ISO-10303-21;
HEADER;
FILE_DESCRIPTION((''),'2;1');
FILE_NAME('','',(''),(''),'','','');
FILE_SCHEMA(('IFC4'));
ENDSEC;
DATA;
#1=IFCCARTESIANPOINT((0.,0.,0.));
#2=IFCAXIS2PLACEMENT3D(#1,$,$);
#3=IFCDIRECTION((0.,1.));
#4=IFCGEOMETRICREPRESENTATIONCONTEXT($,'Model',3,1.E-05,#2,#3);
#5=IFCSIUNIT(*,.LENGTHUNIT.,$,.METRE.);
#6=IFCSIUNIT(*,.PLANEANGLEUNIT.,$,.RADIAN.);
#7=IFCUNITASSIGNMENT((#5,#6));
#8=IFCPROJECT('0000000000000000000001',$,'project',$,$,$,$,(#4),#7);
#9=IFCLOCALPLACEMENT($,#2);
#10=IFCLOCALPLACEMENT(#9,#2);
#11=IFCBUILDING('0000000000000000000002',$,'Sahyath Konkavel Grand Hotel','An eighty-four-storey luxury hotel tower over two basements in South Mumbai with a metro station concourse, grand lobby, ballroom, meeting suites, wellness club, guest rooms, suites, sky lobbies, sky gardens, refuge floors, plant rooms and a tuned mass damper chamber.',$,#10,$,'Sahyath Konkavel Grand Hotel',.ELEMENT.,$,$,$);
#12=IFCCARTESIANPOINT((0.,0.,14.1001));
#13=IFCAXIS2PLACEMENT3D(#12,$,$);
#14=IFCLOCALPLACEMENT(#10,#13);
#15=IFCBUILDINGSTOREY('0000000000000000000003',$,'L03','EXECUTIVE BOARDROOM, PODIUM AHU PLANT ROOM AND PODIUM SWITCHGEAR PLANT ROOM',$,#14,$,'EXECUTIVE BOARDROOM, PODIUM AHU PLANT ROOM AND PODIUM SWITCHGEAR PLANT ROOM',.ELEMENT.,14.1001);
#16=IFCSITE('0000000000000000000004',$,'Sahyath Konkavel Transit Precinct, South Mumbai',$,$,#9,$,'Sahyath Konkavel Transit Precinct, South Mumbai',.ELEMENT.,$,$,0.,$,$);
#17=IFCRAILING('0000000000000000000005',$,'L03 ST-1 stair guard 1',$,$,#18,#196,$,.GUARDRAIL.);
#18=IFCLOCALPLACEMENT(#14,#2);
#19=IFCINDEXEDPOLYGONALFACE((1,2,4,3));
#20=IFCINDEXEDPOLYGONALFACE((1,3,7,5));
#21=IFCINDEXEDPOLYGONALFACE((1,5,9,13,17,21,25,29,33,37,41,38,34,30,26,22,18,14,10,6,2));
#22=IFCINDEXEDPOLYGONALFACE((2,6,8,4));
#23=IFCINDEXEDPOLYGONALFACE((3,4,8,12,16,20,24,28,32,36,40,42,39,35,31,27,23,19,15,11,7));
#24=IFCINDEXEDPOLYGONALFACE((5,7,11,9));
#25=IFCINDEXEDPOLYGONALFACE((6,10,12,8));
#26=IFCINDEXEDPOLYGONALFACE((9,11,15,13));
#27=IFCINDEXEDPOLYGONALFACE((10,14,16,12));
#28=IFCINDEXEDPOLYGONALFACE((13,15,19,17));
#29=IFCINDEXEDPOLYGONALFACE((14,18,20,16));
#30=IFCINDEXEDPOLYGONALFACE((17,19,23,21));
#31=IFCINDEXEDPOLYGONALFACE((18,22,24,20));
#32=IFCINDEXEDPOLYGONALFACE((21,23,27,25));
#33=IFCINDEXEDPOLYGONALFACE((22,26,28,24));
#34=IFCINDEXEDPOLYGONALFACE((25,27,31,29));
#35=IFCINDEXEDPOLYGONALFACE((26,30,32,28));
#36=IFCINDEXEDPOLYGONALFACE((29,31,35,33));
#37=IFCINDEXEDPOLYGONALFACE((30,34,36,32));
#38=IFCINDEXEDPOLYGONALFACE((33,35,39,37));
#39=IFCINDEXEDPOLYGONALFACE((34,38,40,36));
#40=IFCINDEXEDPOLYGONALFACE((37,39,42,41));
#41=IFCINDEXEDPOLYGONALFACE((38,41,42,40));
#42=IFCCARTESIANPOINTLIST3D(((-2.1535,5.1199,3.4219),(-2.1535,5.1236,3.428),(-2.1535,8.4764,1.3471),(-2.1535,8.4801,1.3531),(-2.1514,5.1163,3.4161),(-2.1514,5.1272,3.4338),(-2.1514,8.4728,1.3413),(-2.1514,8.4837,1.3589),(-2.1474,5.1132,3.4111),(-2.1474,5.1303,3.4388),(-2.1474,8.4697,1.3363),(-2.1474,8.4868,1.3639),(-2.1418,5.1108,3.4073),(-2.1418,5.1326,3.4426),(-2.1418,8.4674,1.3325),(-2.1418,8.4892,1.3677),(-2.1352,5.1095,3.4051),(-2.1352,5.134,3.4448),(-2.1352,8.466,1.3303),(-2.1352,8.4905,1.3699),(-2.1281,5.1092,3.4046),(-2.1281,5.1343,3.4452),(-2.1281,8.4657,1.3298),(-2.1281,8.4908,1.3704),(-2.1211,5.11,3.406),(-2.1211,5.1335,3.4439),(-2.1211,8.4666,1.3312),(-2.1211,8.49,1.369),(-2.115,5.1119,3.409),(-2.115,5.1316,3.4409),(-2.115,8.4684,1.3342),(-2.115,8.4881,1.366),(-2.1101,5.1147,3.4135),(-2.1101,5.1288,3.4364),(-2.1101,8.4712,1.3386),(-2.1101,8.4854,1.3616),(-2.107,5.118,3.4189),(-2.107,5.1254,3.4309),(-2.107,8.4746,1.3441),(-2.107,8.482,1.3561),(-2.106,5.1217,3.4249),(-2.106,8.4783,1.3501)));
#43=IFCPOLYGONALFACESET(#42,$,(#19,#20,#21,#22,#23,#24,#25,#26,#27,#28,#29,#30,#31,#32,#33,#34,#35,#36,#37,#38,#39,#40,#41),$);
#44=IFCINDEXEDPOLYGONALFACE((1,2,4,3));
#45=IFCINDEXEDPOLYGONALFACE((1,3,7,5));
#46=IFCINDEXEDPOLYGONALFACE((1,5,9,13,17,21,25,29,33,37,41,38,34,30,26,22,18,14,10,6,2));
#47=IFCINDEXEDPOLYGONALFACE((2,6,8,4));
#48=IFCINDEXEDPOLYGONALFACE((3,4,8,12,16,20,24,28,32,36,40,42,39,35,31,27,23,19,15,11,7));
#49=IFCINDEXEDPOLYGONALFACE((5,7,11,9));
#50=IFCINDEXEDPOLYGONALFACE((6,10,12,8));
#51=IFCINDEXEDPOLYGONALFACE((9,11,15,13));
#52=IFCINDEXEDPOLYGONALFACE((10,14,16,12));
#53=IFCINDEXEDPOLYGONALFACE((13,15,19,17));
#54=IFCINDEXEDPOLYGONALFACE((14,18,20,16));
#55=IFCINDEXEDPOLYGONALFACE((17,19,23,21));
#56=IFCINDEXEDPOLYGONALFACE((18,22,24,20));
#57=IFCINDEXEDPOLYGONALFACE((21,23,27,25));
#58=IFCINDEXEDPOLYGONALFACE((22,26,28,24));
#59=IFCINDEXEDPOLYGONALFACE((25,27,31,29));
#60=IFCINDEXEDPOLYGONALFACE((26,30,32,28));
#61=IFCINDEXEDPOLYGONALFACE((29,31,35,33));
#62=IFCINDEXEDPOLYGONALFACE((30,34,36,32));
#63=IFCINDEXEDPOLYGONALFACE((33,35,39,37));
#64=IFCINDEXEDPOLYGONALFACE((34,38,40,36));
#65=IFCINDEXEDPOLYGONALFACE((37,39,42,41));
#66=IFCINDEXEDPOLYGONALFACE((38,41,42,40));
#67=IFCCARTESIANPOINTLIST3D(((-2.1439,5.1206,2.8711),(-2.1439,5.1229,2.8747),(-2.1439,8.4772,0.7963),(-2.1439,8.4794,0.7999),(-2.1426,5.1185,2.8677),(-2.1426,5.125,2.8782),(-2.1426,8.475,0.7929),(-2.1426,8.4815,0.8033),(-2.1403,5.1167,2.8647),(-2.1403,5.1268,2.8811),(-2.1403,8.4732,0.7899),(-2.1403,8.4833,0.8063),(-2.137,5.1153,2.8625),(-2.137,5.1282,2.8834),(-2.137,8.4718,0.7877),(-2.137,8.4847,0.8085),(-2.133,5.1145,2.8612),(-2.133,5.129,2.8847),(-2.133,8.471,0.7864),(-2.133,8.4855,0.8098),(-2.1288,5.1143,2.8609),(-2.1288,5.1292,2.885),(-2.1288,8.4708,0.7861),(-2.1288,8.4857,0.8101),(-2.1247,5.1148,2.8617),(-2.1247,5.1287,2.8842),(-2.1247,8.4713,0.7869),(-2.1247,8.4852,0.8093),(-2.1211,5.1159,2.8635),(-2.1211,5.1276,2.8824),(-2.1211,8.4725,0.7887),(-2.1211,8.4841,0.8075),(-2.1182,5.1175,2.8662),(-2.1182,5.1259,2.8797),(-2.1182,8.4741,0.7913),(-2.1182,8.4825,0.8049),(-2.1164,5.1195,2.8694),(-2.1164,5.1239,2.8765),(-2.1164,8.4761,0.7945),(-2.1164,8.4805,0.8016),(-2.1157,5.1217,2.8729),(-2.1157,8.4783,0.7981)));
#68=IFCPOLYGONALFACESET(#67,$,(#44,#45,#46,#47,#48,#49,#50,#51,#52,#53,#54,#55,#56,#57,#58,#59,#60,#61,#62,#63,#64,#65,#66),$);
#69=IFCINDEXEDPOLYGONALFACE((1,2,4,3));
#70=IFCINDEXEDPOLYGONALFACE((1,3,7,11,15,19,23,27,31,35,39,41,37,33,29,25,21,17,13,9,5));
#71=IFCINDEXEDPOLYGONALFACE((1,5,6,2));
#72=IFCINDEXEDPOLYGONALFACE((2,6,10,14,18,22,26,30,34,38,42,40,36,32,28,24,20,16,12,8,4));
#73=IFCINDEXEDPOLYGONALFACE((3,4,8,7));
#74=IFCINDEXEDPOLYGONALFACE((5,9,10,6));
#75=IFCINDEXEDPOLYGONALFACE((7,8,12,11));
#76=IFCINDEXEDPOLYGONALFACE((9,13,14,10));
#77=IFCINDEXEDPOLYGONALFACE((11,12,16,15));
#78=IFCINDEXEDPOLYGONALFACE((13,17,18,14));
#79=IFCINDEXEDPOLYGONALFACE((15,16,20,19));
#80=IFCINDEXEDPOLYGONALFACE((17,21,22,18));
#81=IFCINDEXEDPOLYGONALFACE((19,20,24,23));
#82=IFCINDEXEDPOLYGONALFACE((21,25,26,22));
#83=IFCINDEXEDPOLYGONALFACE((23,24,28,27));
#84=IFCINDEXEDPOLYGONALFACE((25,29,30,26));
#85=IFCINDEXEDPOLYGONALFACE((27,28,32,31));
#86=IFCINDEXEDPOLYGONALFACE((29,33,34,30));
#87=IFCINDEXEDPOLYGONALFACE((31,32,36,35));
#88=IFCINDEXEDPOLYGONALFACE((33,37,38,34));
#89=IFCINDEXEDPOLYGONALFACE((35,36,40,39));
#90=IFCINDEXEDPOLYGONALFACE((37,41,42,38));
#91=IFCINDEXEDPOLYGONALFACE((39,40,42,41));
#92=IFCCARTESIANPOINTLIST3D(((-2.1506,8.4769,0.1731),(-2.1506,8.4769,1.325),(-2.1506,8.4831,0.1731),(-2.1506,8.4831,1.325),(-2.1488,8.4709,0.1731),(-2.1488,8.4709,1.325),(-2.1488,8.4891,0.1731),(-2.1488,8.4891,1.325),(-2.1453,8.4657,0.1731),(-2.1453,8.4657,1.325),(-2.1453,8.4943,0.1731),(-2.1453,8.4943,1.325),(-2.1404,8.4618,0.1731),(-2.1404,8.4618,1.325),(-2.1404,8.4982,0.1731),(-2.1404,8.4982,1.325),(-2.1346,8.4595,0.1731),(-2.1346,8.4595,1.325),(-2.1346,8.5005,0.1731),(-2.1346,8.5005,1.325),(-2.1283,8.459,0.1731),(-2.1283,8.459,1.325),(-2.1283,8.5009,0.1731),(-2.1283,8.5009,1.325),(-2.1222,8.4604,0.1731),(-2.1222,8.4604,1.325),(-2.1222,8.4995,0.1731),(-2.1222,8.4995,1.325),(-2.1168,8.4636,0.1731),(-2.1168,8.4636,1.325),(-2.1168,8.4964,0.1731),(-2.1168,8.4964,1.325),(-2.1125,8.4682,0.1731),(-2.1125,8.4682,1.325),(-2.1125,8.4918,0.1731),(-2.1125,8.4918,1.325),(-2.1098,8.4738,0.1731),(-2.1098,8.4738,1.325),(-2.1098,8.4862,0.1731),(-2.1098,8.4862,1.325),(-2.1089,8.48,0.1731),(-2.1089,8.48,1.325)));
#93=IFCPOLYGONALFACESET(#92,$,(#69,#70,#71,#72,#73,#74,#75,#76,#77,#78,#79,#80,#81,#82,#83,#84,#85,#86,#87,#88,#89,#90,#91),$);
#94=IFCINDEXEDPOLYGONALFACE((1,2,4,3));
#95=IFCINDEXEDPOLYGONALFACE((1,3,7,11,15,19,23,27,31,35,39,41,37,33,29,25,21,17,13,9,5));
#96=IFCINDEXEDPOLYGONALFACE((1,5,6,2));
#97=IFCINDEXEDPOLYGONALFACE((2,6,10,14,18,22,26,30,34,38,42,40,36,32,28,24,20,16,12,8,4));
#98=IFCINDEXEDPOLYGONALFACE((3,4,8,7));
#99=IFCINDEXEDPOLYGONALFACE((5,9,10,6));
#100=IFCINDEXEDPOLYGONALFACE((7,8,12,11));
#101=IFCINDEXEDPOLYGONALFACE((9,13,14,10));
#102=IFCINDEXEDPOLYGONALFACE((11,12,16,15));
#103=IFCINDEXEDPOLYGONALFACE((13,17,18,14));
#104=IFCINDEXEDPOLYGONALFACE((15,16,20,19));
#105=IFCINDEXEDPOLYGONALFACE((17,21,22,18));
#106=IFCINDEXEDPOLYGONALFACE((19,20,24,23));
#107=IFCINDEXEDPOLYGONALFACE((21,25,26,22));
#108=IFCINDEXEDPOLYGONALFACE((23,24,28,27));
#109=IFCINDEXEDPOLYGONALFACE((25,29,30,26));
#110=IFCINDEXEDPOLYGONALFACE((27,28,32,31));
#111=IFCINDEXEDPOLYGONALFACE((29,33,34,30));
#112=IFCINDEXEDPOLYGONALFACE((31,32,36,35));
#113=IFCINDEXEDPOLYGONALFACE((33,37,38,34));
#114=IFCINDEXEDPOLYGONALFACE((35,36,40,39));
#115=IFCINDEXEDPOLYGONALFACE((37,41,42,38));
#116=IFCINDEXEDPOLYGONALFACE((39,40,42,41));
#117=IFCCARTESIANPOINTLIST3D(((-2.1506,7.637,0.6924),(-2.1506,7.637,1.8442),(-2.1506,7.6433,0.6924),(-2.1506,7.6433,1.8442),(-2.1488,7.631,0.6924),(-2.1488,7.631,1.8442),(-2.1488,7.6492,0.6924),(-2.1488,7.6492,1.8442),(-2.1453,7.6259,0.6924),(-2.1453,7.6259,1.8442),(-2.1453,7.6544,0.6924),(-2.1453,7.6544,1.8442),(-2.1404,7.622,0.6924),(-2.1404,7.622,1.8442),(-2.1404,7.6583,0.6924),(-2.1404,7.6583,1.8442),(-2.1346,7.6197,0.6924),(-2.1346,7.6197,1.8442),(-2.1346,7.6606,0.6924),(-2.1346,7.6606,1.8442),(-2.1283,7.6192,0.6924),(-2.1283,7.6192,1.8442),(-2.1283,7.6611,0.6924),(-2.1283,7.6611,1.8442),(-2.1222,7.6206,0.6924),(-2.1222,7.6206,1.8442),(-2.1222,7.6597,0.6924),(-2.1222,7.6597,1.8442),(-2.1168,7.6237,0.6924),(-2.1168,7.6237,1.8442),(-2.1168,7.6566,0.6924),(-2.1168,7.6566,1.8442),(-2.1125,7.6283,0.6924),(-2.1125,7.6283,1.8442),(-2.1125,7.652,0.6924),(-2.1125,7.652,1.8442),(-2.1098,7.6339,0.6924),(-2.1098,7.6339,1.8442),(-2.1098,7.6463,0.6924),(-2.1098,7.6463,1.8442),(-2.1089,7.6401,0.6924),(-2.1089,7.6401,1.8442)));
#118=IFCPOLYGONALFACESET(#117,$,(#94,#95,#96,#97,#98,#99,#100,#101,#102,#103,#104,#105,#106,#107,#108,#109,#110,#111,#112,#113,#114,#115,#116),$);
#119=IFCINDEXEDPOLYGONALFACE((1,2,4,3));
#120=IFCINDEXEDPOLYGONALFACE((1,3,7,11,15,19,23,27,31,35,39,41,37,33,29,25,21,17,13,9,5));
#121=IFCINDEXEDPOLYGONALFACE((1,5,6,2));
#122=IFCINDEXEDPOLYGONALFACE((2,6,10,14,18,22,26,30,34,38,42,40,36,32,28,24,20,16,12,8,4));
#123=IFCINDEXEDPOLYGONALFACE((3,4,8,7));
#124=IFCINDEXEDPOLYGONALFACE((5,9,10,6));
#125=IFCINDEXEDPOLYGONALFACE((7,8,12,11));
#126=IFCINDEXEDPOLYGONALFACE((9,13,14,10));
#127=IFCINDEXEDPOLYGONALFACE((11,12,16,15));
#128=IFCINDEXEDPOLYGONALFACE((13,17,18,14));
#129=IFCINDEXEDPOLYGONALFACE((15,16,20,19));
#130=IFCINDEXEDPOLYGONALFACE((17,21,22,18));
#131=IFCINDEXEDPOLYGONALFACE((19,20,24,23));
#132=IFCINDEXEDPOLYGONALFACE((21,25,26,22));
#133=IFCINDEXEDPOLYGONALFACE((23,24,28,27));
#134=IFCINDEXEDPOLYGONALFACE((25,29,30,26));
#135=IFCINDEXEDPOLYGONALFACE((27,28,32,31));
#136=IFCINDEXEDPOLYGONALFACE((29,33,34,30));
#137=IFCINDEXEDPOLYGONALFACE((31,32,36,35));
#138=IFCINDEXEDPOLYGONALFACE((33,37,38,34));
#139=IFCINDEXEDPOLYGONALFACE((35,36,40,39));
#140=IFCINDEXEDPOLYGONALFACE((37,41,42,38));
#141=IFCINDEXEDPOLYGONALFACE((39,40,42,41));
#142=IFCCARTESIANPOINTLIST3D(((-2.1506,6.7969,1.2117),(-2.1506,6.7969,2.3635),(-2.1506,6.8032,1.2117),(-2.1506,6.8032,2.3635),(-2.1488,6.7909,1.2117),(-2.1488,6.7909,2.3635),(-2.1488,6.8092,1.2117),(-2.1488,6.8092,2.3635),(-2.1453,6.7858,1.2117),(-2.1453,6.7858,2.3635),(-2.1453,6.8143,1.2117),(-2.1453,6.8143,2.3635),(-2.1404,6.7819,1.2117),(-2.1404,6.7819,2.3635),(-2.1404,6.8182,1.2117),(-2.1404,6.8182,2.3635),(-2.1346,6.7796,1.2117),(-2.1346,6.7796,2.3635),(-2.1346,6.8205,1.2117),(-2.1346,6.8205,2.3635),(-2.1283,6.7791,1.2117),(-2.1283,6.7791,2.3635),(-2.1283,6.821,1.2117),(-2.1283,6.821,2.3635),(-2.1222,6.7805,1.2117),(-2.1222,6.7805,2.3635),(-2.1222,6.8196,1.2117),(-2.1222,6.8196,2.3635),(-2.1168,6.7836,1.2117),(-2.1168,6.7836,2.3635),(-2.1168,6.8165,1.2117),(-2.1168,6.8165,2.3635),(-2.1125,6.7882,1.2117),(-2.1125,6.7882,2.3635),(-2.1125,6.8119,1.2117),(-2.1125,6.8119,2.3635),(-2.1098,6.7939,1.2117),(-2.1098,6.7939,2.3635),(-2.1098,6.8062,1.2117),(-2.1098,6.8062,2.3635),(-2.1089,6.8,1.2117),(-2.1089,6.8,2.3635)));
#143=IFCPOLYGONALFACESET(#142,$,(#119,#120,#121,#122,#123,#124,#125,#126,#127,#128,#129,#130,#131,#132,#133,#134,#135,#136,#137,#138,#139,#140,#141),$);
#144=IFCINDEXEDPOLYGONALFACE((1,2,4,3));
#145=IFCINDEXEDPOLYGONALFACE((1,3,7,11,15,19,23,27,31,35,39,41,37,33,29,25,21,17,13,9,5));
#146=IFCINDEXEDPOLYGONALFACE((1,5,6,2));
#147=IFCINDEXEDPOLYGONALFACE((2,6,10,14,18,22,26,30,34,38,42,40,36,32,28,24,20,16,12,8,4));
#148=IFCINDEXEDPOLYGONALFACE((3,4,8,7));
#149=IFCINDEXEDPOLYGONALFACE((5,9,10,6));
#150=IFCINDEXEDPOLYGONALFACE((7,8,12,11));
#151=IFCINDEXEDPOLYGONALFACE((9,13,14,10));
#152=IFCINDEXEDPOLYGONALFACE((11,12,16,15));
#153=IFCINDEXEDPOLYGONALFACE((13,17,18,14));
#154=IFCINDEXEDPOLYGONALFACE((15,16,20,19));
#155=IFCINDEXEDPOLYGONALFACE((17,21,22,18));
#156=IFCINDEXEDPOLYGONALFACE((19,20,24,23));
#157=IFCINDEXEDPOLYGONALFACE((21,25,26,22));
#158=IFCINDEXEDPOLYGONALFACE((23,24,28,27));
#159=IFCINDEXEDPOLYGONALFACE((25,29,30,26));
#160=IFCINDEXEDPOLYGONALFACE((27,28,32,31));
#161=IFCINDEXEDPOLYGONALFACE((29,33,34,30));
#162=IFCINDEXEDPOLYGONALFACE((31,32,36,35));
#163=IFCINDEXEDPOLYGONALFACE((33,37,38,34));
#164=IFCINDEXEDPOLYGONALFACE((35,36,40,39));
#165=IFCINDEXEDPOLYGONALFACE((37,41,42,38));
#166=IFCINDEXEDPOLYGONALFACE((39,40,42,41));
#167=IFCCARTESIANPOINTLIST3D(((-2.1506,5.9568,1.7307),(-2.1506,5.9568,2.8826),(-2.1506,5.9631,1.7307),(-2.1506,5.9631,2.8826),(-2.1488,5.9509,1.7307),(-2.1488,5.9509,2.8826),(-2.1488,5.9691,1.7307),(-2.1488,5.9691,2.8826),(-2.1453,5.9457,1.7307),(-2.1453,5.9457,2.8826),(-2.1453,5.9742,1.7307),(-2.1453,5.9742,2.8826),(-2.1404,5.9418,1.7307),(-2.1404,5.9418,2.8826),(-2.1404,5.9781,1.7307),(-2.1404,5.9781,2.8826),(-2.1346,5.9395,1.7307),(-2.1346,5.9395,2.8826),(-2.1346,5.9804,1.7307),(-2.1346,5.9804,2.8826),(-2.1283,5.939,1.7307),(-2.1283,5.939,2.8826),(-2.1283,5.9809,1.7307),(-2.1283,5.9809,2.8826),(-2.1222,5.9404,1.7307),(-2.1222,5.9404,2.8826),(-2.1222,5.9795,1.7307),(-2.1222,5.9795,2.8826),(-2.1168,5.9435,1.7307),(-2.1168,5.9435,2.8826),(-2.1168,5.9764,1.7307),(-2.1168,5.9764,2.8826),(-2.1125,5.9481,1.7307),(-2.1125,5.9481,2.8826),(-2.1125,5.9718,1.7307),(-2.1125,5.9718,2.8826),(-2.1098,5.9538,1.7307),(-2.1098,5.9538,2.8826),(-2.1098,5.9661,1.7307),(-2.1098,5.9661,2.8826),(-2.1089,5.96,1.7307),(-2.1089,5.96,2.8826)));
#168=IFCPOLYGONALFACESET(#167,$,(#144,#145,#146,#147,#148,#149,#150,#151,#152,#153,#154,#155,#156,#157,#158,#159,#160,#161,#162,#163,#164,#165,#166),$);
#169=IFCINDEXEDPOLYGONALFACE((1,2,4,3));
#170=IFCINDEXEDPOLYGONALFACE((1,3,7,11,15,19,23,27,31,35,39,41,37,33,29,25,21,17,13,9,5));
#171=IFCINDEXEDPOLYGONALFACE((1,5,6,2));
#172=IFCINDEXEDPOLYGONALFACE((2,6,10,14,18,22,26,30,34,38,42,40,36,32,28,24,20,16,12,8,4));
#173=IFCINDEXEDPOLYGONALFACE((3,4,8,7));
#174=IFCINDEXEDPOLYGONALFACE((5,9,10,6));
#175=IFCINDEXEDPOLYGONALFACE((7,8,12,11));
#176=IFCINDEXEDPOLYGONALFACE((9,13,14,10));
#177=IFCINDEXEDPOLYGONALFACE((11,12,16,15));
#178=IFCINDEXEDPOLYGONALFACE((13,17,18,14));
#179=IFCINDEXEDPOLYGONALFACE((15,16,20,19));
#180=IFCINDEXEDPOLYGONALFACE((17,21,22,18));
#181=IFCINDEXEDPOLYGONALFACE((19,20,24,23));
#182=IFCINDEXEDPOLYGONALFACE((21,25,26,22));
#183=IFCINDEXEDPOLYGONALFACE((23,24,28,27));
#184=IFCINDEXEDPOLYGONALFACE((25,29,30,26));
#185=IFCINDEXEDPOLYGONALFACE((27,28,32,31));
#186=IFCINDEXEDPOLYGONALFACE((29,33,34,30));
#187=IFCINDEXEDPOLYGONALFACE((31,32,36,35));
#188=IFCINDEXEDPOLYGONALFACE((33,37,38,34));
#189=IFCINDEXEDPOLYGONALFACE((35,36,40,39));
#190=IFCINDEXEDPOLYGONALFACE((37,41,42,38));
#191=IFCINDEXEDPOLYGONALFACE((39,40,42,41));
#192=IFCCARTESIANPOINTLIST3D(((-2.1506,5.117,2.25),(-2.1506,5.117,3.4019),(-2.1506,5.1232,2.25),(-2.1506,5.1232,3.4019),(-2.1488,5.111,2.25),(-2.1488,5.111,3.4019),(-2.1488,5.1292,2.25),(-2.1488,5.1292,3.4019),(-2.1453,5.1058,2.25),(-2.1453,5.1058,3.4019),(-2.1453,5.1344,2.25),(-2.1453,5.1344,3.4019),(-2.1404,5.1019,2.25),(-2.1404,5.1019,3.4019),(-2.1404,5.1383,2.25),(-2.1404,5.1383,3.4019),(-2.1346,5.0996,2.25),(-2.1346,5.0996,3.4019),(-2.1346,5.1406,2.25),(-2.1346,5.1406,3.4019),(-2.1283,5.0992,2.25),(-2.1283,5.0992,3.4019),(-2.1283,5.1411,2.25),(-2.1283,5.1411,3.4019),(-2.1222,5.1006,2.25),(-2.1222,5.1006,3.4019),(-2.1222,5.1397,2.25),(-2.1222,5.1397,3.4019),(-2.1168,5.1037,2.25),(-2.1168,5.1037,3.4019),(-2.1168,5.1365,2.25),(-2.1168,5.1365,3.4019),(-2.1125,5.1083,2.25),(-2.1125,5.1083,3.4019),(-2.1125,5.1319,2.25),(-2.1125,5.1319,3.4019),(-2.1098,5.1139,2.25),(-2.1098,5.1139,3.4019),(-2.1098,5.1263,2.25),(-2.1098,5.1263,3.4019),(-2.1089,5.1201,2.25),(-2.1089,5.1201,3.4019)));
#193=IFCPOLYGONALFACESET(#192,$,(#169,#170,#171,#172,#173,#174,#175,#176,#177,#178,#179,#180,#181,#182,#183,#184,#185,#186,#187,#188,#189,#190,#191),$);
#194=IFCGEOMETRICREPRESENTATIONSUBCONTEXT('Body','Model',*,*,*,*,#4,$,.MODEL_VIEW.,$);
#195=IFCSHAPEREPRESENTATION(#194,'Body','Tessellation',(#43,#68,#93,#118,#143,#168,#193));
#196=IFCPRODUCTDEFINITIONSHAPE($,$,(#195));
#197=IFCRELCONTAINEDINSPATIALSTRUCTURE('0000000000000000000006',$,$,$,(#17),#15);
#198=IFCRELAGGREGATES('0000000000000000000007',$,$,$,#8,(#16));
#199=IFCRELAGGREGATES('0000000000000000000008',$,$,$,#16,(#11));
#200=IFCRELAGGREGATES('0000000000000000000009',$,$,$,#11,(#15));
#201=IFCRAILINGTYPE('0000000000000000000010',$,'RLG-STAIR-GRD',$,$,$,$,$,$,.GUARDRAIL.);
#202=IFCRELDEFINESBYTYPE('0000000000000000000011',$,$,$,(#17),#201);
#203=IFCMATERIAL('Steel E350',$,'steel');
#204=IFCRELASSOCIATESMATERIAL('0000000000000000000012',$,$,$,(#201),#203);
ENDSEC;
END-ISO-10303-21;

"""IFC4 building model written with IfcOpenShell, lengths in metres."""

from ifc_helpers import new_model, si_unit, direction, frame, origin, origin_2d, place, context, subcontext, project, spatial, circle, extrude, material, type_object, element, save


model = new_model("IFC4")

# Units and contexts
model_context = context("Model", 3, precision=1e-05, world=origin(), true_north=direction((0.0, 1.0)))
body_context = subcontext(model_context, "Body", "Model", "MODEL_VIEW")
ifc_project = project(units=[si_unit("LENGTHUNIT", "METRE"), si_unit("PLANEANGLEUNIT", "RADIAN")], contexts=[model_context])

# Site, building, storey
site_placement = place(None, origin())
site = spatial("IfcSite", under=ifc_project, at=site_placement, Name="Sahyath Konkavel Transit Precinct, South Mumbai", LongName="Sahyath Konkavel Transit Precinct, South Mumbai", CompositionType="ELEMENT", RefElevation=0.0)
building_placement = place(site_placement, origin())
building = spatial("IfcBuilding", under=site, at=building_placement, Name="Sahyath Konkavel Grand Hotel", Description="An eighty-four-storey luxury hotel tower over two basements in South Mumbai with a metro station concourse, grand lobby, ballroom, meeting suites, wellness club, guest rooms, suites, sky lobbies, sky gardens, refuge floors, plant rooms and a tuned mass damper chamber.", LongName="Sahyath Konkavel Grand Hotel", CompositionType="ELEMENT")
storey_placement = place(building_placement, frame((0.0, 0.0, 14.1001)))
storey = spatial("IfcBuildingStorey", under=building, at=storey_placement, Name="L03", Description="EXECUTIVE BOARDROOM, PODIUM AHU PLANT ROOM AND PODIUM SWITCHGEAR PLANT ROOM", LongName="EXECUTIVE BOARDROOM, PODIUM AHU PLANT ROOM AND PODIUM SWITCHGEAR PLANT ROOM", CompositionType="ELEMENT", Elevation=14.1001)

# Shared definitions
ifc_material_1 = material(Name="Steel E350", Category="steel")

# Railing
railing_type_1 = type_object("IfcRailingType", Name="RLG-STAIR-GRD", PredefinedType="GUARDRAIL", material=ifc_material_1)
railing_1_placement = place(storey_placement, frame((-2.1299, 8.48, 0.1731)))
element("IfcRailing", 1, at=railing_1_placement, inside=storey, type_object=railing_type_1, Name="L03 ST-1 stair guard 1", PredefinedType="GUARDRAIL", context=body_context, shape_type="SweptSolid", body=[
    extrude(circle(Radius=0.0239, at=origin_2d()), frame((0.0, -0.0017, 1.177), z_axis=(0.0, -0.850606, 0.525803), x_axis=(1.0, 0.0, 0.0)), (0.0, 0.0, 1.0), 3.946),
    extrude(circle(Radius=0.0142, at=origin_2d()), frame((0.0, -0.0017, 0.625), z_axis=(0.0, -0.850606, 0.525803), x_axis=(1.0, 0.0, 0.0)), (0.0, 0.0, 1.0), 3.946),
    extrude(circle(Radius=0.021, at=origin_2d()), origin(), (0.0, 0.0, 1.0), 1.1519),
    extrude(circle(Radius=0.021, at=origin_2d()), frame((0.0, -0.8398, 0.5193)), (0.0, 0.0, 1.0), 1.1519),
    extrude(circle(Radius=0.021, at=origin_2d()), frame((0.0, -1.6799, 1.0386)), (0.0, 0.0, 1.0), 1.1519),
    extrude(circle(Radius=0.021, at=origin_2d()), frame((0.0, -2.52, 1.5576)), (0.0, 0.0, 1.0), 1.1519),
    extrude(circle(Radius=0.021, at=origin_2d()), frame((0.0, -3.3599, 2.0769)), (0.0, 0.0, 1.0), 1.1519),
])

save(model, "model.ifc")
